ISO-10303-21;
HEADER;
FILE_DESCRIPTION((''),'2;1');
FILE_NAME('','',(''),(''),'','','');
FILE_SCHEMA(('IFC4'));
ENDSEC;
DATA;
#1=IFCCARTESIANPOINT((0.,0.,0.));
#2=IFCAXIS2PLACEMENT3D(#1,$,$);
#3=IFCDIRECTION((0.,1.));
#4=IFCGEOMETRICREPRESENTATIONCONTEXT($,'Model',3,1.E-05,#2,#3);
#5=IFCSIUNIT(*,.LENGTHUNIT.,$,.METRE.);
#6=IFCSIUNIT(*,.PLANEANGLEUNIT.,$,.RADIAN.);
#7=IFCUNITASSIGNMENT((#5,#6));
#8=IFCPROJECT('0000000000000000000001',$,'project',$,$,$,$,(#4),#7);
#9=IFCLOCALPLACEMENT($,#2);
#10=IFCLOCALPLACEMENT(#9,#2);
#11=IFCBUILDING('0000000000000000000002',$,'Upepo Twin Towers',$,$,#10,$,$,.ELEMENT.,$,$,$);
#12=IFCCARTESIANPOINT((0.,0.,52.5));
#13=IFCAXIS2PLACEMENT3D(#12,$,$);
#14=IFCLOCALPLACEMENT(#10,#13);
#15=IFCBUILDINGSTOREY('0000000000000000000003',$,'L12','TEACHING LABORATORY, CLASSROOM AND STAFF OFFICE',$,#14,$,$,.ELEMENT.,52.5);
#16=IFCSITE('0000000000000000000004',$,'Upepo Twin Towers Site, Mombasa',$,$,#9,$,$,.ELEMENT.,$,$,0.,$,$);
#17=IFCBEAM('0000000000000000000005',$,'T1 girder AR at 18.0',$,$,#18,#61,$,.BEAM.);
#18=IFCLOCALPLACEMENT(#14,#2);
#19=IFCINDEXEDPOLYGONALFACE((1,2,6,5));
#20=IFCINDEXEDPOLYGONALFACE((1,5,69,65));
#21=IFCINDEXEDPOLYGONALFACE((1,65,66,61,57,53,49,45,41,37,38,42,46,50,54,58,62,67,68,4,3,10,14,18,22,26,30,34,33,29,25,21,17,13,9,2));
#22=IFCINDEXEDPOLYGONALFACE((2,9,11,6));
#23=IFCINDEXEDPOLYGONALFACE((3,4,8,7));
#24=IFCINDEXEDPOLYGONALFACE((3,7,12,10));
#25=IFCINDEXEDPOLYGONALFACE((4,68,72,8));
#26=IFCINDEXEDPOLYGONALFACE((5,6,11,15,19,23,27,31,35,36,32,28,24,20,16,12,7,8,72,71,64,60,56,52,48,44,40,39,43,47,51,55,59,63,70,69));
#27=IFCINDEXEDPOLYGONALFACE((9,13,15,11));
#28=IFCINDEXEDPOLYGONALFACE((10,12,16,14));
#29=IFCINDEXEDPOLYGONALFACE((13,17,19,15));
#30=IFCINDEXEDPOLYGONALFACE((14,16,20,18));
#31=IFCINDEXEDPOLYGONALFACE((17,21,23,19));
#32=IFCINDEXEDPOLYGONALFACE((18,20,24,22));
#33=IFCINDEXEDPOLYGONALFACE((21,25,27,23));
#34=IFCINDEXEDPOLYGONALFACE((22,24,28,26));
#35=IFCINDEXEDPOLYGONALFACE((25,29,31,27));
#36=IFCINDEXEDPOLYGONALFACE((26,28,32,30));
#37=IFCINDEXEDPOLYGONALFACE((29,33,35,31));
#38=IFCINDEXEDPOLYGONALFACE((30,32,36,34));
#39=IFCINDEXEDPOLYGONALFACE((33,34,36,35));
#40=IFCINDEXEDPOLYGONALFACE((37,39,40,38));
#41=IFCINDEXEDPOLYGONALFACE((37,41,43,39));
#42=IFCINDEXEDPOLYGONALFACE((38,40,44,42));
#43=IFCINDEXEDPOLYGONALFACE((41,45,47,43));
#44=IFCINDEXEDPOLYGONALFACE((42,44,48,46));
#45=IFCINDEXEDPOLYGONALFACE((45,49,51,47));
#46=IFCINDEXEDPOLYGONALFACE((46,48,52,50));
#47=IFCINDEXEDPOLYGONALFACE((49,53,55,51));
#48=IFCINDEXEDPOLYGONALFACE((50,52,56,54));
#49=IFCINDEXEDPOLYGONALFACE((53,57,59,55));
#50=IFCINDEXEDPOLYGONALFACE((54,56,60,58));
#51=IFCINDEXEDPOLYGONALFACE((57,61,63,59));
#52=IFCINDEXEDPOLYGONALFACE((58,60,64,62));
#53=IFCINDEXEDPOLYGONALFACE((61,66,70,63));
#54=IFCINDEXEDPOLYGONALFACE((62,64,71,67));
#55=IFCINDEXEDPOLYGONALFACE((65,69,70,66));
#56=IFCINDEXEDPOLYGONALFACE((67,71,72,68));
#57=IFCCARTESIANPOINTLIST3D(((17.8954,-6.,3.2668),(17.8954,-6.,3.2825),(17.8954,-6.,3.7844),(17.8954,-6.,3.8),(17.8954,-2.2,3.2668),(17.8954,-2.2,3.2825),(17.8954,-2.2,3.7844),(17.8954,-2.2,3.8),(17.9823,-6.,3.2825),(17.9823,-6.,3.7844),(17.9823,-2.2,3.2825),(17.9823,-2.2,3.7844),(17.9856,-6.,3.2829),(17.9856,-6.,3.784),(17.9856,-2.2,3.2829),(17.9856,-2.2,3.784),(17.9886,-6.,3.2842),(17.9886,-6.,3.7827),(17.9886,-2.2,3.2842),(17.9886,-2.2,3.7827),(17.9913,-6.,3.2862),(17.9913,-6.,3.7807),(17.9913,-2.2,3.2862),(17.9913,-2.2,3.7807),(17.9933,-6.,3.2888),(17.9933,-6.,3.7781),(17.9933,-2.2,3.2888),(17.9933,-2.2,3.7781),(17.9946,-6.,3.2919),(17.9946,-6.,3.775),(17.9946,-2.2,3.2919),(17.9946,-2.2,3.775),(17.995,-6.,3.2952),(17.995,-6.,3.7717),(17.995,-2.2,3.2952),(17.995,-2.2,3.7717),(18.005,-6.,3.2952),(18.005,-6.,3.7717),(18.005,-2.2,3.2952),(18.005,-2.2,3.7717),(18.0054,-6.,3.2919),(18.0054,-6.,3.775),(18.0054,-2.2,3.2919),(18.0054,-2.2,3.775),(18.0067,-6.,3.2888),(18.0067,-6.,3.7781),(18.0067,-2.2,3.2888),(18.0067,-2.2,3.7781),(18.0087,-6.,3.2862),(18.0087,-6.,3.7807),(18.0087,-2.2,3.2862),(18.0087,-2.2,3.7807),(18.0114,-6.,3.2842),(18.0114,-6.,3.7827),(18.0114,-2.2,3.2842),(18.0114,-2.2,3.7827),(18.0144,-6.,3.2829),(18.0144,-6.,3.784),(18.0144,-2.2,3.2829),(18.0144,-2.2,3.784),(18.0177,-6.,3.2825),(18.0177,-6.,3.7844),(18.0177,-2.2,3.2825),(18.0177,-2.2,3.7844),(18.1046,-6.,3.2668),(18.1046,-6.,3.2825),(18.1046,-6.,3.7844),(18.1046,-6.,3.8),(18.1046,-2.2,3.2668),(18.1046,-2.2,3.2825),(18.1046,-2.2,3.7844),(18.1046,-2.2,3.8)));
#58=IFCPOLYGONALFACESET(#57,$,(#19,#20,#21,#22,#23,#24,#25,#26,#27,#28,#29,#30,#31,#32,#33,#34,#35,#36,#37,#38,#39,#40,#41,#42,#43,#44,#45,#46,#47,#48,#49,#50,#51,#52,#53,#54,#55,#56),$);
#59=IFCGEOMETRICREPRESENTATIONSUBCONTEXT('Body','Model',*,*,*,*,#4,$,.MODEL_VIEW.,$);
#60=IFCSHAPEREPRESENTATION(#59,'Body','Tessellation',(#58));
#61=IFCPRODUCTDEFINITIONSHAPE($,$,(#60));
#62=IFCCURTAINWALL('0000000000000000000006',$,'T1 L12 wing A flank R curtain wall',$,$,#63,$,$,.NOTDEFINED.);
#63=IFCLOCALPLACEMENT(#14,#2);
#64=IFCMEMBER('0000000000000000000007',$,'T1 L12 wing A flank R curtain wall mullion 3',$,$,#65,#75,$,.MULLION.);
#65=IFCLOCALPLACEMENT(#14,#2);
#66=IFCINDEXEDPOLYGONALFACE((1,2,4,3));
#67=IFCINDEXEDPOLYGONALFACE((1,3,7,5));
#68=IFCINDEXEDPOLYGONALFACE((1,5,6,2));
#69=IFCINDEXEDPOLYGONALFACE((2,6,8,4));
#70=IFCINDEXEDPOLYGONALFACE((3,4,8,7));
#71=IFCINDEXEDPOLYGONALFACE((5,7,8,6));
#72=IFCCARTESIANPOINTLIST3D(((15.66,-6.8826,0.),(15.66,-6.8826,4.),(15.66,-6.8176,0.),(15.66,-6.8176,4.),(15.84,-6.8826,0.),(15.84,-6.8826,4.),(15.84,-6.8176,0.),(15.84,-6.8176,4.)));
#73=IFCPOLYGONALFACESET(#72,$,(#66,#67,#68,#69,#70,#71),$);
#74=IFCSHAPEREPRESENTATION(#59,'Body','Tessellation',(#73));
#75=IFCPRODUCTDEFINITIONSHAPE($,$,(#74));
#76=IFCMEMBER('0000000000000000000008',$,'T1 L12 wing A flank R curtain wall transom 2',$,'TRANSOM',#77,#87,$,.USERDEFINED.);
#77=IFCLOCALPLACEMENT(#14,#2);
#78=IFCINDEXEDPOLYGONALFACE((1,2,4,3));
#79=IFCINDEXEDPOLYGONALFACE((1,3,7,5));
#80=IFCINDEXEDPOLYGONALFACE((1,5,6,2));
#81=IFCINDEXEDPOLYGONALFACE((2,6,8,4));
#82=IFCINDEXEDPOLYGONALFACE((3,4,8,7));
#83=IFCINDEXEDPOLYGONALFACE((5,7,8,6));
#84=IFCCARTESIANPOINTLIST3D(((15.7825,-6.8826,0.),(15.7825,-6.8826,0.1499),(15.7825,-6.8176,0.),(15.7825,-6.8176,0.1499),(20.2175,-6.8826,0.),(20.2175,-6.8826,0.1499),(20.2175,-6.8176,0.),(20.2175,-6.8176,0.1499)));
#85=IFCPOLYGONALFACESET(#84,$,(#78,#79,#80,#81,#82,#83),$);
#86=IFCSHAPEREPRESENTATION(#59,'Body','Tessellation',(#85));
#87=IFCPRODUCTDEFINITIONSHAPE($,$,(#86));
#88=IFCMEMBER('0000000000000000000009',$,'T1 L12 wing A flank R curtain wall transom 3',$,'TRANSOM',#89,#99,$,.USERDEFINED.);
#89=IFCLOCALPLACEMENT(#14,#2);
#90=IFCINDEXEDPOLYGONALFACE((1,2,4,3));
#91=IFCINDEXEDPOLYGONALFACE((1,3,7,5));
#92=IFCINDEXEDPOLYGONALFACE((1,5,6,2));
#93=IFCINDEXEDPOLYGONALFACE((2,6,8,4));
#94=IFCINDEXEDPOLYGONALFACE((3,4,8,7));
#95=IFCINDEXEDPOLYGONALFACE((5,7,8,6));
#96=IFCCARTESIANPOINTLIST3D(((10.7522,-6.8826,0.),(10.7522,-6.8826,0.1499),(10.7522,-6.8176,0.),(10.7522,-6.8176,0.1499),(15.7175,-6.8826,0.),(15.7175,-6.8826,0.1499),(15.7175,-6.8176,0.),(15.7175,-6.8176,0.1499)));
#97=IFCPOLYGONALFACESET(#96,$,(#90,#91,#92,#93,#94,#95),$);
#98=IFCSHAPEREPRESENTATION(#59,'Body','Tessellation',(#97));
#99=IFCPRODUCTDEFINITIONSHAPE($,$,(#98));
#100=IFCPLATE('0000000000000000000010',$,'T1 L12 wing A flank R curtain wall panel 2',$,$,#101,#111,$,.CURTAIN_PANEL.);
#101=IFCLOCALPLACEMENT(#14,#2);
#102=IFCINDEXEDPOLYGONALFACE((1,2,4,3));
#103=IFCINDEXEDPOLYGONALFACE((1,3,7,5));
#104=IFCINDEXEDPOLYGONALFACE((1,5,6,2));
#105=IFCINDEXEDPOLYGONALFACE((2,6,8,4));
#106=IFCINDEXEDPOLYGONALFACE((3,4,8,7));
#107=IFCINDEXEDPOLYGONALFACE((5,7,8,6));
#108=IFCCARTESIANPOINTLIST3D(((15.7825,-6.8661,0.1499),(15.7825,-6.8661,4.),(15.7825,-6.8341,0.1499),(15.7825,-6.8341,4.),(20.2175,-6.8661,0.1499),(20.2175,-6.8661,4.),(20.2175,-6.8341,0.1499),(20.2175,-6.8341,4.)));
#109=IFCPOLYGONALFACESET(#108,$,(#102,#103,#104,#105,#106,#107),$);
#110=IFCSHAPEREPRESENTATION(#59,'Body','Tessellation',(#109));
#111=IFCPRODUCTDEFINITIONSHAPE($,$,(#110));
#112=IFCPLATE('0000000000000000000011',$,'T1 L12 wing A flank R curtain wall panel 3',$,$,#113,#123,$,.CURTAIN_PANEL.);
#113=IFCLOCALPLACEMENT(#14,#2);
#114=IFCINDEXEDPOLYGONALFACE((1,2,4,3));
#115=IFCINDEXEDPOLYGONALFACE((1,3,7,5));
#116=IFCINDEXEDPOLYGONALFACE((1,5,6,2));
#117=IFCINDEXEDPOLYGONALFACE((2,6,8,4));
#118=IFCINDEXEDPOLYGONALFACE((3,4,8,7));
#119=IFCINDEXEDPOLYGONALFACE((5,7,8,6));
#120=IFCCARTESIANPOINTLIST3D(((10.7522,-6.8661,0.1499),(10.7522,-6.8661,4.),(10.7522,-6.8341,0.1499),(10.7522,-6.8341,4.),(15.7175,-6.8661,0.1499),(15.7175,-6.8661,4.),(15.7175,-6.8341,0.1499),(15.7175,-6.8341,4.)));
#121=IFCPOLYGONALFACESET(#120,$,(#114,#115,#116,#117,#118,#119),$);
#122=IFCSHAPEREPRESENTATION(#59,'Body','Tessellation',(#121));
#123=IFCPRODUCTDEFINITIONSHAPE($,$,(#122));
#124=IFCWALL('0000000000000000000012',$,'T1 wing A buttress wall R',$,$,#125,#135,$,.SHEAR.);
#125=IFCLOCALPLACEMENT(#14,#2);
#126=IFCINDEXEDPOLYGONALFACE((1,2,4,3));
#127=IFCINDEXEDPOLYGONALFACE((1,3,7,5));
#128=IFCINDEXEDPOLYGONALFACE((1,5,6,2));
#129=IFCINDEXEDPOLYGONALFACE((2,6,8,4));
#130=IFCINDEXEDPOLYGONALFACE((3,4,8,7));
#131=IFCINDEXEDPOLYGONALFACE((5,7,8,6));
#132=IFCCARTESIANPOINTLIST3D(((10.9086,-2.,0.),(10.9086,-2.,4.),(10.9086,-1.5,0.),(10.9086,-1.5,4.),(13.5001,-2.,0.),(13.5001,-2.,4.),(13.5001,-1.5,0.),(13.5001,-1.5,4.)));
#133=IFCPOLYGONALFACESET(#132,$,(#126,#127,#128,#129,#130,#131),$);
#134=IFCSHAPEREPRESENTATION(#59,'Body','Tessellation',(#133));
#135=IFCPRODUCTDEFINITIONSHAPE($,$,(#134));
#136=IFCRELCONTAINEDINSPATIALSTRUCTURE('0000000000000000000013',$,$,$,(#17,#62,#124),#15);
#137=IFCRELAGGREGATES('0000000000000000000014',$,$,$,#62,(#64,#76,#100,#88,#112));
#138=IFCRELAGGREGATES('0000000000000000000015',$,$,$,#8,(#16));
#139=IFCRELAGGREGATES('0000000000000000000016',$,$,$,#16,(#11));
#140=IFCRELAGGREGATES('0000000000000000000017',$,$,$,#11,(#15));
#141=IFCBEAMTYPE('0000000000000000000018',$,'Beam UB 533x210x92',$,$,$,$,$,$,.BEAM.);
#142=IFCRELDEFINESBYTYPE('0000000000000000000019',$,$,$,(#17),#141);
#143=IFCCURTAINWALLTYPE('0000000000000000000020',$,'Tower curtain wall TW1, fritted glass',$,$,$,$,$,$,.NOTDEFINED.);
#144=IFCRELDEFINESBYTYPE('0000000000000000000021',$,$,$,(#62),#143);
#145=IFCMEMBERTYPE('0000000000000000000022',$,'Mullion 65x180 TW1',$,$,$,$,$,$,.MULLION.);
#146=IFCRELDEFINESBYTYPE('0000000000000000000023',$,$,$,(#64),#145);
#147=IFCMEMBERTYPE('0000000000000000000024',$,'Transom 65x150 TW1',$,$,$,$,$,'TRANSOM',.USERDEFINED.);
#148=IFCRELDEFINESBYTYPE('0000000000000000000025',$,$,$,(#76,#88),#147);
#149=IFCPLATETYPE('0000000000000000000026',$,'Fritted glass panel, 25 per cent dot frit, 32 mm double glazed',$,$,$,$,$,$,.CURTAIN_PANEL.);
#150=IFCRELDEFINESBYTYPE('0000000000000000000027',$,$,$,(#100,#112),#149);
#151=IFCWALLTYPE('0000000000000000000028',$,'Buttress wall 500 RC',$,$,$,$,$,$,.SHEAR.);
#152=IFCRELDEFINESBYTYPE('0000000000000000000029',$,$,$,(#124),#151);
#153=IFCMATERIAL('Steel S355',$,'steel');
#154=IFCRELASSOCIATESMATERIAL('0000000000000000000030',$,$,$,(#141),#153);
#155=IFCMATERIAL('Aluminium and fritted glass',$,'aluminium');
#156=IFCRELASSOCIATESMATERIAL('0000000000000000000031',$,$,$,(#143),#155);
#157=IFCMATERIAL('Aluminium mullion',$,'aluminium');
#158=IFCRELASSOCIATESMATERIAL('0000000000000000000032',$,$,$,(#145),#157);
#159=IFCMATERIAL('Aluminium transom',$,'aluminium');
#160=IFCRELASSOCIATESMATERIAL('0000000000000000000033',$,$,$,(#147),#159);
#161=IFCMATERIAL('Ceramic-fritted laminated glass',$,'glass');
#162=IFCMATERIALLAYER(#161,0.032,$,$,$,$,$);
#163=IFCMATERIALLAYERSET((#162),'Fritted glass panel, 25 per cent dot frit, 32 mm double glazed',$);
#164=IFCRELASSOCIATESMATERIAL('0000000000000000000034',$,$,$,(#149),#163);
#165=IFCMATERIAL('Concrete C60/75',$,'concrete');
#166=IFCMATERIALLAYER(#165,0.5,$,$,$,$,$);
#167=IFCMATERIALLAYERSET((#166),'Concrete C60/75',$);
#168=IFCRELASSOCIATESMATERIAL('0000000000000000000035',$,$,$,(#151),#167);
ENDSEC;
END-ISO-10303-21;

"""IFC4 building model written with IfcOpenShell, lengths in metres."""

from ifc_helpers import new_model, si_unit, direction, frame, frame_2d, origin, origin_2d, place, context, subcontext, project, spatial, rectangle, i_section, extrude, material, layer, layer_set, material_profile, profile_set, type_object, element, aggregate, save


model = new_model("IFC4")

# Units and contexts
model_context = context("Model", 3, precision=1e-05, world=origin(), true_north=direction((0.0, 1.0)))
body_context = subcontext(model_context, "Body", "Model", "MODEL_VIEW")
ifc_project = project(units=[si_unit("LENGTHUNIT", "METRE"), si_unit("PLANEANGLEUNIT", "RADIAN")], contexts=[model_context])

# Site, building, storey
site_placement = place(None, origin())
site = spatial("IfcSite", under=ifc_project, at=site_placement, Name="Upepo Twin Towers Site, Mombasa", CompositionType="ELEMENT", RefElevation=0.0)
building_placement = place(site_placement, origin())
building = spatial("IfcBuilding", under=site, at=building_placement, Name="Upepo Twin Towers", CompositionType="ELEMENT")
storey_placement = place(building_placement, frame((0.0, 0.0, 52.5)))
storey = spatial("IfcBuildingStorey", under=building, at=storey_placement, Name="L12", Description="TEACHING LABORATORY, CLASSROOM AND STAFF OFFICE", CompositionType="ELEMENT", Elevation=52.5)

# Beam
ifc_material_1 = material(Name="Steel S355", Category="steel")
ifc_material_profile_1 = material_profile(ifc_material_1, i_section(OverallWidth=0.2092, OverallDepth=0.5332, WebThickness=0.01, FlangeThickness=0.0156, FilletRadius=0.0127, at=origin_2d()), Name="UB 533x210x92")
ifc_profile_set_1 = profile_set([ifc_material_profile_1], Name="Steel S355")
beam_type_1 = type_object("IfcBeamType", Name="Beam UB 533x210x92", PredefinedType="BEAM", material=ifc_profile_set_1)
for number, where, z_axis, x_axis, name in (
    (1, (18.0, -6.0, 3.5334), (0.0, 1.0, 0.0), (-1.0, 0.0, 0.0), "T1 girder AR at 18.0"),
):
    element("IfcBeam", number, at=place(storey_placement, frame(where, z_axis=z_axis, x_axis=x_axis)), inside=storey, type_object=beam_type_1, Name=name, PredefinedType="BEAM", context=body_context, shape_type="SweptSolid", body=[
        extrude(i_section(OverallWidth=0.2092, OverallDepth=0.5332, WebThickness=0.01, FlangeThickness=0.0156, FilletRadius=0.0127, at=origin_2d()), origin(), (0.0, 0.0, 1.0), 3.8),
    ])

# Curtain wall, members, plates
ifc_material_2 = material(Name="Aluminium and fritted glass", Category="aluminium")
curtain_wall_type = type_object("IfcCurtainWallType", Name="Tower curtain wall TW1, fritted glass", PredefinedType="NOTDEFINED", material=ifc_material_2)
curtain_wall_placement = place(storey_placement, origin())
curtain_wall = element("IfcCurtainWall", 2, at=curtain_wall_placement, inside=storey, type_object=curtain_wall_type, Name="T1 L12 wing A flank R curtain wall", PredefinedType="NOTDEFINED")
ifc_material_3 = material(Name="Aluminium mullion", Category="aluminium")
ifc_material_profile_2 = material_profile(ifc_material_3, rectangle(XDim=0.0649, YDim=0.1799, at=origin_2d()), Name="MULLION 65x180")
ifc_profile_set_2 = profile_set([ifc_material_profile_2], Name="Aluminium mullion")
member_type_1 = type_object("IfcMemberType", Name="Mullion 65x180 TW1", PredefinedType="MULLION", material=ifc_profile_set_2)
member_1_placement = place(storey_placement, frame((15.75, -6.8501, 0.0), z_axis=(0.0, 0.0, 1.0), x_axis=(0.0, -1.0, 0.0)))
member_1 = element("IfcMember", 3, at=member_1_placement, type_object=member_type_1, Name="T1 L12 wing A flank R curtain wall mullion 3", PredefinedType="MULLION", context=body_context, shape_type="SweptSolid", body=[
    extrude(rectangle(XDim=0.0649, YDim=0.1799, at=origin_2d()), origin(), (0.0, 0.0, 1.0), 4.0),
])
ifc_material_4 = material(Name="Aluminium transom", Category="aluminium")
ifc_material_profile_3 = material_profile(ifc_material_4, rectangle(XDim=0.0649, YDim=0.1499, at=origin_2d()), Name="TRANSOM 65x150")
ifc_profile_set_3 = profile_set([ifc_material_profile_3], Name="Aluminium transom")
member_type_2 = type_object("IfcMemberType", Name="Transom 65x150 TW1", ElementType="TRANSOM", PredefinedType="USERDEFINED", material=ifc_profile_set_3)
member_2_placement = place(storey_placement, frame((20.2175, -6.8501, 0.075), z_axis=(-1.0, 0.0, 0.0), x_axis=(0.0, -1.0, 0.0)))
member_2 = element("IfcMember", 4, at=member_2_placement, type_object=member_type_2, Name="T1 L12 wing A flank R curtain wall transom 2", ObjectType="TRANSOM", PredefinedType="USERDEFINED", context=body_context, shape_type="SweptSolid", body=[
    extrude(rectangle(XDim=0.0649, YDim=0.1499, at=origin_2d()), origin(), (0.0, 0.0, 1.0), 4.4351),
])
member_3_placement = place(storey_placement, frame((15.7175, -6.8501, 0.075), z_axis=(-1.0, 0.0, 0.0), x_axis=(0.0, -1.0, 0.0)))
member_3 = element("IfcMember", 5, at=member_3_placement, type_object=member_type_2, Name="T1 L12 wing A flank R curtain wall transom 3", ObjectType="TRANSOM", PredefinedType="USERDEFINED", context=body_context, shape_type="SweptSolid", body=[
    extrude(rectangle(XDim=0.0649, YDim=0.1499, at=origin_2d()), origin(), (0.0, 0.0, 1.0), 4.9653),
])
ifc_material_5 = material(Name="Ceramic-fritted laminated glass", Category="glass")
ifc_layer_1 = layer(ifc_material_5, 0.032)
ifc_layer_set_1 = layer_set([ifc_layer_1], Name="Fritted glass panel, 25 per cent dot frit, 32 mm double glazed")
plate_type = type_object("IfcPlateType", Name="Fritted glass panel, 25 per cent dot frit, 32 mm double glazed", PredefinedType="CURTAIN_PANEL", material=ifc_layer_set_1)
plate_1_placement = place(storey_placement, frame((18.0, -6.8501, 0.1499), z_axis=(0.0, 0.0, 1.0), x_axis=(-1.0, 0.0, 0.0)))
plate_1 = element("IfcPlate", 6, at=plate_1_placement, type_object=plate_type, Name="T1 L12 wing A flank R curtain wall panel 2", PredefinedType="CURTAIN_PANEL", context=body_context, shape_type="SweptSolid", body=[
    extrude(rectangle(XDim=4.4351, YDim=0.032, at=origin_2d()), origin(), (0.0, 0.0, 1.0), 3.8501),
])
plate_2_placement = place(storey_placement, frame((13.2349, -6.8501, 0.1499), z_axis=(0.0, 0.0, 1.0), x_axis=(-1.0, 0.0, 0.0)))
plate_2 = element("IfcPlate", 7, at=plate_2_placement, type_object=plate_type, Name="T1 L12 wing A flank R curtain wall panel 3", PredefinedType="CURTAIN_PANEL", context=body_context, shape_type="SweptSolid", body=[
    extrude(rectangle(XDim=4.9653, YDim=0.032, at=origin_2d()), origin(), (0.0, 0.0, 1.0), 3.8501),
])
aggregate(curtain_wall, [member_1, member_2, plate_1, member_3, plate_2])

# Wall
ifc_material_6 = material(Name="Concrete C60/75", Category="concrete")
ifc_layer_2 = layer(ifc_material_6, 0.5)
ifc_layer_set_2 = layer_set([ifc_layer_2], Name="Concrete C60/75")
wall_type_1 = type_object("IfcWallType", Name="Buttress wall 500 RC", PredefinedType="SHEAR", material=ifc_layer_set_2)
wall_1_placement = place(storey_placement, frame((10.9084, -1.75, 0.0), z_axis=(0.0, 0.0, 1.0), x_axis=(1.0, 0.0, 0.0)))
element("IfcWall", 8, at=wall_1_placement, inside=storey, type_object=wall_type_1, Name="T1 wing A buttress wall R", PredefinedType="SHEAR", context=body_context, shape_type="SweptSolid", body=[
    extrude(rectangle(XDim=2.5916, YDim=0.5, at=frame_2d((1.2959, 0.0))), origin(), (0.0, 0.0, 1.0), 4.0),
])

save(model, "model.ifc")
